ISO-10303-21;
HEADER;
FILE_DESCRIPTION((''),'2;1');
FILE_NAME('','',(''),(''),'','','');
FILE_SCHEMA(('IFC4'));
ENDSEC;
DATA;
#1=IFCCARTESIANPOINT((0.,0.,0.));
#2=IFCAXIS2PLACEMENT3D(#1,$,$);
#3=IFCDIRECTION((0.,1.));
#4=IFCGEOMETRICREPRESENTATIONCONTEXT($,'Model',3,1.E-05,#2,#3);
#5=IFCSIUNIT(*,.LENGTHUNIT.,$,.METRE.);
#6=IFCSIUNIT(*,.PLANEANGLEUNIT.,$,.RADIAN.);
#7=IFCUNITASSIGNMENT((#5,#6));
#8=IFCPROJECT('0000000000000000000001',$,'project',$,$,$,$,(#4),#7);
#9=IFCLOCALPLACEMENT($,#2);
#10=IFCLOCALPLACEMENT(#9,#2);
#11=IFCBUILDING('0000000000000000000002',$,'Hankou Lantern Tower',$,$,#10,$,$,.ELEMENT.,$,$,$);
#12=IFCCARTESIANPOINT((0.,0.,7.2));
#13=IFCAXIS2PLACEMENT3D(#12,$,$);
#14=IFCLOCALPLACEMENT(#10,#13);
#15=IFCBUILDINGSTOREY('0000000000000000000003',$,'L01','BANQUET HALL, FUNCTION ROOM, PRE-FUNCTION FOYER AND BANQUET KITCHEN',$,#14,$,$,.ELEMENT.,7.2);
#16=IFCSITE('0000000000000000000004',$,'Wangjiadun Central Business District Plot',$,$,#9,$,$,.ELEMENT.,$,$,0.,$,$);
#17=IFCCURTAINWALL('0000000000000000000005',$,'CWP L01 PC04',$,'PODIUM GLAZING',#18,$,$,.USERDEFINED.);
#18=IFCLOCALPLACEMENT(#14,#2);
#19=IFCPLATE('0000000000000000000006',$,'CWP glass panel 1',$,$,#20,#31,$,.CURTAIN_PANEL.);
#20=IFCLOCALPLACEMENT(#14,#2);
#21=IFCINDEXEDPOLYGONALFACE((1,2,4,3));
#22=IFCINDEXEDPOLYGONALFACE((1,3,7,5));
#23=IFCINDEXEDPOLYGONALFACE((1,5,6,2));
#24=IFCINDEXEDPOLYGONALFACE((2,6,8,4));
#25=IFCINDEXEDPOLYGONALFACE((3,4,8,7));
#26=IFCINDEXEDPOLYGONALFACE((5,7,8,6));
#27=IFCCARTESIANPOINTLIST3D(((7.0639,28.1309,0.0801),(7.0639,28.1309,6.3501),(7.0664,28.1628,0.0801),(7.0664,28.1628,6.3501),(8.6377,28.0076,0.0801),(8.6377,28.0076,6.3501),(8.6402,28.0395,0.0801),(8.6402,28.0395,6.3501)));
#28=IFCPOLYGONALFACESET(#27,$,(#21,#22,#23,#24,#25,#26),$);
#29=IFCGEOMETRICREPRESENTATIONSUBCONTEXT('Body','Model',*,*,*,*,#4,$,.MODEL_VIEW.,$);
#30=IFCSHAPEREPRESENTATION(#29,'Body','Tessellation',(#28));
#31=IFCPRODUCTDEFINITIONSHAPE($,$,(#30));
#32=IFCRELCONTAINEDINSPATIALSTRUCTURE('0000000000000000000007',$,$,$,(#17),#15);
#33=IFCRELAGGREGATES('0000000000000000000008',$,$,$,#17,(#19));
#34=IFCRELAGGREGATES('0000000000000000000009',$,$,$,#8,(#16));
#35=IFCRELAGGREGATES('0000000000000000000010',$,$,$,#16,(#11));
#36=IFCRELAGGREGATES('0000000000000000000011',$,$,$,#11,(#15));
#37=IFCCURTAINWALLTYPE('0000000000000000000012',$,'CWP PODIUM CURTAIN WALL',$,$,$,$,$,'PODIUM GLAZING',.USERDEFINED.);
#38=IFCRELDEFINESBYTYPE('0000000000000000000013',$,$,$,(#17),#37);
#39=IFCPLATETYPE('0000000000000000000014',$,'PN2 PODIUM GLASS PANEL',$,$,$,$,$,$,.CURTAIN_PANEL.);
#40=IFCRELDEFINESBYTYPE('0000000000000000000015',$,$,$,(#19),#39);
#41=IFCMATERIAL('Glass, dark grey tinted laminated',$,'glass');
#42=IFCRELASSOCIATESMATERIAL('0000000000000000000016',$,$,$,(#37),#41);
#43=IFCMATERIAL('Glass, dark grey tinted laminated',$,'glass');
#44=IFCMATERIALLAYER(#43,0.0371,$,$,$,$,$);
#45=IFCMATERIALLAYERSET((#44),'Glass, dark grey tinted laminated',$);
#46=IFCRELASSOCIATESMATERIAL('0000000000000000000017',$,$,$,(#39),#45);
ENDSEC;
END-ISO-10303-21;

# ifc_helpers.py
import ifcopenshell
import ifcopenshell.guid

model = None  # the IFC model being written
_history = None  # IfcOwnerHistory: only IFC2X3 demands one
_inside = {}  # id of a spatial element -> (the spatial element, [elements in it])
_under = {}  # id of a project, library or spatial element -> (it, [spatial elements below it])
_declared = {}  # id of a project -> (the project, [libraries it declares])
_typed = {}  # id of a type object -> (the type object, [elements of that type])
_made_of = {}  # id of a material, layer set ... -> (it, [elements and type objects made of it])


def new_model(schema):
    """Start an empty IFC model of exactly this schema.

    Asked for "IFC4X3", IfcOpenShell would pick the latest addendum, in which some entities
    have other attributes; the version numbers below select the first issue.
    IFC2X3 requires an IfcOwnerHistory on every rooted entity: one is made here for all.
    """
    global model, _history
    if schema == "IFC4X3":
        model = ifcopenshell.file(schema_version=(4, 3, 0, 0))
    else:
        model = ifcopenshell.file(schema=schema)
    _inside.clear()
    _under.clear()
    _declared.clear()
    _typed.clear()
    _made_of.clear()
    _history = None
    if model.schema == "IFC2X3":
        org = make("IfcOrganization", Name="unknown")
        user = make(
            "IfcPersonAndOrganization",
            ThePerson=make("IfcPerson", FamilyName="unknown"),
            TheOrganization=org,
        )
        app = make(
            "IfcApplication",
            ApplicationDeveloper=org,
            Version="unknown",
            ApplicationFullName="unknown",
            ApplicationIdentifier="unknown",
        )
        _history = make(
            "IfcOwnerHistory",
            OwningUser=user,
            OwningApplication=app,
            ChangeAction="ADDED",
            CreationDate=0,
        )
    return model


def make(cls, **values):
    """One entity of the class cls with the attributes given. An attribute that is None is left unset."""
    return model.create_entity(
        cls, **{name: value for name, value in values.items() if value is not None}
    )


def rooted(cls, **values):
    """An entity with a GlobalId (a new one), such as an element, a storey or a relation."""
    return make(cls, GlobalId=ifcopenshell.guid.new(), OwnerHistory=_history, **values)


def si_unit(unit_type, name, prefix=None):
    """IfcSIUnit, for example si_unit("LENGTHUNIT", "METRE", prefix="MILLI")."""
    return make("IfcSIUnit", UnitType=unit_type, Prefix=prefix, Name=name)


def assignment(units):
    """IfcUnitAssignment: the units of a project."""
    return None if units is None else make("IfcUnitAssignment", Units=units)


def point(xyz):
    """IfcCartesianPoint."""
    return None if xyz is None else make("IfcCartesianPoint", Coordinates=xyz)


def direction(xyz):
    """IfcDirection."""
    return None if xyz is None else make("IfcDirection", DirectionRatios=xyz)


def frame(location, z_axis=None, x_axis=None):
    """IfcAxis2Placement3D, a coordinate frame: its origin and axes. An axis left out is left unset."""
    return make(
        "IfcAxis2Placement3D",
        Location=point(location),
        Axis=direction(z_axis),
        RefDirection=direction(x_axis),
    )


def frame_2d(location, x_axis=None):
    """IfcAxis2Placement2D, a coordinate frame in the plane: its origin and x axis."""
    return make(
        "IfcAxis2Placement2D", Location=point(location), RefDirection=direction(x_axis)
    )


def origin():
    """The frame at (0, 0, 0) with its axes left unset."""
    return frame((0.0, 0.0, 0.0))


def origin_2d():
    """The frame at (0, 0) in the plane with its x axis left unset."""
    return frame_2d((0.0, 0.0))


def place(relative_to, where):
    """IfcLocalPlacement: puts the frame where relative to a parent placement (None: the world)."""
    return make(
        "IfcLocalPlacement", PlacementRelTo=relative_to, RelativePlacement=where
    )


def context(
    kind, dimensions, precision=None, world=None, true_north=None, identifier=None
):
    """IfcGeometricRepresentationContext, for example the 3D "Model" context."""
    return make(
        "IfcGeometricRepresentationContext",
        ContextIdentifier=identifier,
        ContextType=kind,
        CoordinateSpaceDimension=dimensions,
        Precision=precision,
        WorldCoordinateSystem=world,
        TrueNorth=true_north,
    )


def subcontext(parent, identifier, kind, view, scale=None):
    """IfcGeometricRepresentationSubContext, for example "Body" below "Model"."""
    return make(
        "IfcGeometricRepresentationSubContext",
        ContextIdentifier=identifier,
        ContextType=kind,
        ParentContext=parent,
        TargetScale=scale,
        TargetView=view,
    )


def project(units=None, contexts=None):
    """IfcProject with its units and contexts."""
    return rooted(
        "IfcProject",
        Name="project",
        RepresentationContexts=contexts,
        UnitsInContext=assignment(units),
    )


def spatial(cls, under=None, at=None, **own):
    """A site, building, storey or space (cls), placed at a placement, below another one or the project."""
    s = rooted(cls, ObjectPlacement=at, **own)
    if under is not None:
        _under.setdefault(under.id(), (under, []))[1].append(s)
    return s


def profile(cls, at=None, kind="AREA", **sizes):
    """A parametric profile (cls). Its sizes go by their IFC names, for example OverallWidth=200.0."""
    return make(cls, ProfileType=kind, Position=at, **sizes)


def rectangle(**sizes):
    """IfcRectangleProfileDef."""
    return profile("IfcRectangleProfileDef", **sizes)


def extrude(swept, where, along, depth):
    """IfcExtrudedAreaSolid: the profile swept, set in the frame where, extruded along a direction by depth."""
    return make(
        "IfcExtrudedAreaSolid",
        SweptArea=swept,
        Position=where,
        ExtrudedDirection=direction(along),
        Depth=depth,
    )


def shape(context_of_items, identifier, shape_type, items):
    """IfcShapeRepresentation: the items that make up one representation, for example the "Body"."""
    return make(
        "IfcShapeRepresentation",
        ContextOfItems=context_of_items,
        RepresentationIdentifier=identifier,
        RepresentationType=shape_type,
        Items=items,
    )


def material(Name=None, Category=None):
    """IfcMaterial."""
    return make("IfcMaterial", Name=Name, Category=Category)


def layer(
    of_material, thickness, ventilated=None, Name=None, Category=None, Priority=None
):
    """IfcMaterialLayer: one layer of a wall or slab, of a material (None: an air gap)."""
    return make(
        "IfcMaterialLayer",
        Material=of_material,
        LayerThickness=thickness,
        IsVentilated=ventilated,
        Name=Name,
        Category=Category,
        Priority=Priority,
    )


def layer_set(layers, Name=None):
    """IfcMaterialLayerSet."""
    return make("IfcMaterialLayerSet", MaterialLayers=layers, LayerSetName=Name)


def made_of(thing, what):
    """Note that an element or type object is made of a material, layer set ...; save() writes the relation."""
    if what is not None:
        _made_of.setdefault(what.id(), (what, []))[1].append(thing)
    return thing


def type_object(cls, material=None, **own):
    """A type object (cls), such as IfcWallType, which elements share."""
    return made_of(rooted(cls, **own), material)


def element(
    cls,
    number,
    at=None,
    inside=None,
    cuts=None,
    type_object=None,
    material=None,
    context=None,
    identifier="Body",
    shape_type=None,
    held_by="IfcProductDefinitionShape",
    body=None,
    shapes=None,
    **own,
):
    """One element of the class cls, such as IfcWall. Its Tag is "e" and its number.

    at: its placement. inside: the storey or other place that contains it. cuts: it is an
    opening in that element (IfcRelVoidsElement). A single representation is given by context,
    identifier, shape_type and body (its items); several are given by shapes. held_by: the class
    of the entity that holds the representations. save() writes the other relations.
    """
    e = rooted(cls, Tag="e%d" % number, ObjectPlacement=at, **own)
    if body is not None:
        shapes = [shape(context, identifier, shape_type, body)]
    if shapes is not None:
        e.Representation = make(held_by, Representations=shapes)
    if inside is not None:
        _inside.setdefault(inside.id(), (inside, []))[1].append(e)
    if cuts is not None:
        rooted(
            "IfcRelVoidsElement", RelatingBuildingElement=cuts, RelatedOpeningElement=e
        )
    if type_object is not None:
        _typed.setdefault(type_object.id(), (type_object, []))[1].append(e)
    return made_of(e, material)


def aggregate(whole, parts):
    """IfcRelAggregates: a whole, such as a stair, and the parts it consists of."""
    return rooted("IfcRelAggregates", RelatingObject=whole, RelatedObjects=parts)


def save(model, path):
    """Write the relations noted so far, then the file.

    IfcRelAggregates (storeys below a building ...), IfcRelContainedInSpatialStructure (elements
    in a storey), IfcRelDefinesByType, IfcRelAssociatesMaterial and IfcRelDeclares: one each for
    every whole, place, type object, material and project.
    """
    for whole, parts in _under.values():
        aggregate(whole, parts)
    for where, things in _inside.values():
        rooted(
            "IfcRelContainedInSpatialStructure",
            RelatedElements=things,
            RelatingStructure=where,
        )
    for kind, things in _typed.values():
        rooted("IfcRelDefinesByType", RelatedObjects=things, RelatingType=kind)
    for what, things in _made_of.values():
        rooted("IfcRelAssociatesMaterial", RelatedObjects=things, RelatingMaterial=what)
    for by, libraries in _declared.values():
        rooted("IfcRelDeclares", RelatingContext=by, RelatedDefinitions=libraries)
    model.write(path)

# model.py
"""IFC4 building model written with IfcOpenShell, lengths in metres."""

from ifc_helpers import new_model, si_unit, direction, frame, origin, origin_2d, place, context, subcontext, project, spatial, rectangle, extrude, material, layer, layer_set, type_object, element, aggregate, save


model = new_model("IFC4")

# Units and contexts
model_context = context("Model", 3, precision=1e-05, world=origin(), true_north=direction((0.0, 1.0)))
body_context = subcontext(model_context, "Body", "Model", "MODEL_VIEW")
ifc_project = project(units=[si_unit("LENGTHUNIT", "METRE"), si_unit("PLANEANGLEUNIT", "RADIAN")], contexts=[model_context])

# Site, building, storey
site_placement = place(None, origin())
site = spatial("IfcSite", under=ifc_project, at=site_placement, Name="Wangjiadun Central Business District Plot", CompositionType="ELEMENT", RefElevation=0.0)
building_placement = place(site_placement, origin())
building = spatial("IfcBuilding", under=site, at=building_placement, Name="Hankou Lantern Tower", CompositionType="ELEMENT")
storey_placement = place(building_placement, frame((0.0, 0.0, 7.2)))
storey = spatial("IfcBuildingStorey", under=building, at=storey_placement, Name="L01", Description="BANQUET HALL, FUNCTION ROOM, PRE-FUNCTION FOYER AND BANQUET KITCHEN", CompositionType="ELEMENT", Elevation=7.2)

# Shared definitions
ifc_material_1 = material(Name="Glass, dark grey tinted laminated", Category="glass")
curtain_wall_type = type_object("IfcCurtainWallType", Name="CWP PODIUM CURTAIN WALL", ElementType="PODIUM GLAZING", PredefinedType="USERDEFINED", material=ifc_material_1)

# Curtain wall
curtain_wall_1_placement = place(storey_placement, origin())
curtain_wall_1 = element("IfcCurtainWall", 1, at=curtain_wall_1_placement, inside=storey, type_object=curtain_wall_type, Name="CWP L01 PC04", ObjectType="PODIUM GLAZING", PredefinedType="USERDEFINED")

# Plate
ifc_material_2 = material(Name="Glass, dark grey tinted laminated", Category="glass")
ifc_layer = layer(ifc_material_2, 0.0371)
ifc_layer_set = layer_set([ifc_layer], Name="Glass, dark grey tinted laminated")
plate_type = type_object("IfcPlateType", Name="PN2 PODIUM GLASS PANEL", PredefinedType="CURTAIN_PANEL", material=ifc_layer_set)
plate_1_placement = place(storey_placement, frame((7.8521, 28.0852, 0.0801), z_axis=(0.0, 0.0, 1.0), x_axis=(-0.996949, 0.078062, 0.0)))
plate_1 = element("IfcPlate", 2, at=plate_1_placement, type_object=plate_type, Name="CWP glass panel 1", PredefinedType="CURTAIN_PANEL", context=body_context, shape_type="SweptSolid", body=[
    extrude(rectangle(XDim=1.5786, YDim=0.032, at=origin_2d()), origin(), (0.0, 0.0, 1.0), 6.27),
])
aggregate(curtain_wall_1, [plate_1])

save(model, "model.ifc")
